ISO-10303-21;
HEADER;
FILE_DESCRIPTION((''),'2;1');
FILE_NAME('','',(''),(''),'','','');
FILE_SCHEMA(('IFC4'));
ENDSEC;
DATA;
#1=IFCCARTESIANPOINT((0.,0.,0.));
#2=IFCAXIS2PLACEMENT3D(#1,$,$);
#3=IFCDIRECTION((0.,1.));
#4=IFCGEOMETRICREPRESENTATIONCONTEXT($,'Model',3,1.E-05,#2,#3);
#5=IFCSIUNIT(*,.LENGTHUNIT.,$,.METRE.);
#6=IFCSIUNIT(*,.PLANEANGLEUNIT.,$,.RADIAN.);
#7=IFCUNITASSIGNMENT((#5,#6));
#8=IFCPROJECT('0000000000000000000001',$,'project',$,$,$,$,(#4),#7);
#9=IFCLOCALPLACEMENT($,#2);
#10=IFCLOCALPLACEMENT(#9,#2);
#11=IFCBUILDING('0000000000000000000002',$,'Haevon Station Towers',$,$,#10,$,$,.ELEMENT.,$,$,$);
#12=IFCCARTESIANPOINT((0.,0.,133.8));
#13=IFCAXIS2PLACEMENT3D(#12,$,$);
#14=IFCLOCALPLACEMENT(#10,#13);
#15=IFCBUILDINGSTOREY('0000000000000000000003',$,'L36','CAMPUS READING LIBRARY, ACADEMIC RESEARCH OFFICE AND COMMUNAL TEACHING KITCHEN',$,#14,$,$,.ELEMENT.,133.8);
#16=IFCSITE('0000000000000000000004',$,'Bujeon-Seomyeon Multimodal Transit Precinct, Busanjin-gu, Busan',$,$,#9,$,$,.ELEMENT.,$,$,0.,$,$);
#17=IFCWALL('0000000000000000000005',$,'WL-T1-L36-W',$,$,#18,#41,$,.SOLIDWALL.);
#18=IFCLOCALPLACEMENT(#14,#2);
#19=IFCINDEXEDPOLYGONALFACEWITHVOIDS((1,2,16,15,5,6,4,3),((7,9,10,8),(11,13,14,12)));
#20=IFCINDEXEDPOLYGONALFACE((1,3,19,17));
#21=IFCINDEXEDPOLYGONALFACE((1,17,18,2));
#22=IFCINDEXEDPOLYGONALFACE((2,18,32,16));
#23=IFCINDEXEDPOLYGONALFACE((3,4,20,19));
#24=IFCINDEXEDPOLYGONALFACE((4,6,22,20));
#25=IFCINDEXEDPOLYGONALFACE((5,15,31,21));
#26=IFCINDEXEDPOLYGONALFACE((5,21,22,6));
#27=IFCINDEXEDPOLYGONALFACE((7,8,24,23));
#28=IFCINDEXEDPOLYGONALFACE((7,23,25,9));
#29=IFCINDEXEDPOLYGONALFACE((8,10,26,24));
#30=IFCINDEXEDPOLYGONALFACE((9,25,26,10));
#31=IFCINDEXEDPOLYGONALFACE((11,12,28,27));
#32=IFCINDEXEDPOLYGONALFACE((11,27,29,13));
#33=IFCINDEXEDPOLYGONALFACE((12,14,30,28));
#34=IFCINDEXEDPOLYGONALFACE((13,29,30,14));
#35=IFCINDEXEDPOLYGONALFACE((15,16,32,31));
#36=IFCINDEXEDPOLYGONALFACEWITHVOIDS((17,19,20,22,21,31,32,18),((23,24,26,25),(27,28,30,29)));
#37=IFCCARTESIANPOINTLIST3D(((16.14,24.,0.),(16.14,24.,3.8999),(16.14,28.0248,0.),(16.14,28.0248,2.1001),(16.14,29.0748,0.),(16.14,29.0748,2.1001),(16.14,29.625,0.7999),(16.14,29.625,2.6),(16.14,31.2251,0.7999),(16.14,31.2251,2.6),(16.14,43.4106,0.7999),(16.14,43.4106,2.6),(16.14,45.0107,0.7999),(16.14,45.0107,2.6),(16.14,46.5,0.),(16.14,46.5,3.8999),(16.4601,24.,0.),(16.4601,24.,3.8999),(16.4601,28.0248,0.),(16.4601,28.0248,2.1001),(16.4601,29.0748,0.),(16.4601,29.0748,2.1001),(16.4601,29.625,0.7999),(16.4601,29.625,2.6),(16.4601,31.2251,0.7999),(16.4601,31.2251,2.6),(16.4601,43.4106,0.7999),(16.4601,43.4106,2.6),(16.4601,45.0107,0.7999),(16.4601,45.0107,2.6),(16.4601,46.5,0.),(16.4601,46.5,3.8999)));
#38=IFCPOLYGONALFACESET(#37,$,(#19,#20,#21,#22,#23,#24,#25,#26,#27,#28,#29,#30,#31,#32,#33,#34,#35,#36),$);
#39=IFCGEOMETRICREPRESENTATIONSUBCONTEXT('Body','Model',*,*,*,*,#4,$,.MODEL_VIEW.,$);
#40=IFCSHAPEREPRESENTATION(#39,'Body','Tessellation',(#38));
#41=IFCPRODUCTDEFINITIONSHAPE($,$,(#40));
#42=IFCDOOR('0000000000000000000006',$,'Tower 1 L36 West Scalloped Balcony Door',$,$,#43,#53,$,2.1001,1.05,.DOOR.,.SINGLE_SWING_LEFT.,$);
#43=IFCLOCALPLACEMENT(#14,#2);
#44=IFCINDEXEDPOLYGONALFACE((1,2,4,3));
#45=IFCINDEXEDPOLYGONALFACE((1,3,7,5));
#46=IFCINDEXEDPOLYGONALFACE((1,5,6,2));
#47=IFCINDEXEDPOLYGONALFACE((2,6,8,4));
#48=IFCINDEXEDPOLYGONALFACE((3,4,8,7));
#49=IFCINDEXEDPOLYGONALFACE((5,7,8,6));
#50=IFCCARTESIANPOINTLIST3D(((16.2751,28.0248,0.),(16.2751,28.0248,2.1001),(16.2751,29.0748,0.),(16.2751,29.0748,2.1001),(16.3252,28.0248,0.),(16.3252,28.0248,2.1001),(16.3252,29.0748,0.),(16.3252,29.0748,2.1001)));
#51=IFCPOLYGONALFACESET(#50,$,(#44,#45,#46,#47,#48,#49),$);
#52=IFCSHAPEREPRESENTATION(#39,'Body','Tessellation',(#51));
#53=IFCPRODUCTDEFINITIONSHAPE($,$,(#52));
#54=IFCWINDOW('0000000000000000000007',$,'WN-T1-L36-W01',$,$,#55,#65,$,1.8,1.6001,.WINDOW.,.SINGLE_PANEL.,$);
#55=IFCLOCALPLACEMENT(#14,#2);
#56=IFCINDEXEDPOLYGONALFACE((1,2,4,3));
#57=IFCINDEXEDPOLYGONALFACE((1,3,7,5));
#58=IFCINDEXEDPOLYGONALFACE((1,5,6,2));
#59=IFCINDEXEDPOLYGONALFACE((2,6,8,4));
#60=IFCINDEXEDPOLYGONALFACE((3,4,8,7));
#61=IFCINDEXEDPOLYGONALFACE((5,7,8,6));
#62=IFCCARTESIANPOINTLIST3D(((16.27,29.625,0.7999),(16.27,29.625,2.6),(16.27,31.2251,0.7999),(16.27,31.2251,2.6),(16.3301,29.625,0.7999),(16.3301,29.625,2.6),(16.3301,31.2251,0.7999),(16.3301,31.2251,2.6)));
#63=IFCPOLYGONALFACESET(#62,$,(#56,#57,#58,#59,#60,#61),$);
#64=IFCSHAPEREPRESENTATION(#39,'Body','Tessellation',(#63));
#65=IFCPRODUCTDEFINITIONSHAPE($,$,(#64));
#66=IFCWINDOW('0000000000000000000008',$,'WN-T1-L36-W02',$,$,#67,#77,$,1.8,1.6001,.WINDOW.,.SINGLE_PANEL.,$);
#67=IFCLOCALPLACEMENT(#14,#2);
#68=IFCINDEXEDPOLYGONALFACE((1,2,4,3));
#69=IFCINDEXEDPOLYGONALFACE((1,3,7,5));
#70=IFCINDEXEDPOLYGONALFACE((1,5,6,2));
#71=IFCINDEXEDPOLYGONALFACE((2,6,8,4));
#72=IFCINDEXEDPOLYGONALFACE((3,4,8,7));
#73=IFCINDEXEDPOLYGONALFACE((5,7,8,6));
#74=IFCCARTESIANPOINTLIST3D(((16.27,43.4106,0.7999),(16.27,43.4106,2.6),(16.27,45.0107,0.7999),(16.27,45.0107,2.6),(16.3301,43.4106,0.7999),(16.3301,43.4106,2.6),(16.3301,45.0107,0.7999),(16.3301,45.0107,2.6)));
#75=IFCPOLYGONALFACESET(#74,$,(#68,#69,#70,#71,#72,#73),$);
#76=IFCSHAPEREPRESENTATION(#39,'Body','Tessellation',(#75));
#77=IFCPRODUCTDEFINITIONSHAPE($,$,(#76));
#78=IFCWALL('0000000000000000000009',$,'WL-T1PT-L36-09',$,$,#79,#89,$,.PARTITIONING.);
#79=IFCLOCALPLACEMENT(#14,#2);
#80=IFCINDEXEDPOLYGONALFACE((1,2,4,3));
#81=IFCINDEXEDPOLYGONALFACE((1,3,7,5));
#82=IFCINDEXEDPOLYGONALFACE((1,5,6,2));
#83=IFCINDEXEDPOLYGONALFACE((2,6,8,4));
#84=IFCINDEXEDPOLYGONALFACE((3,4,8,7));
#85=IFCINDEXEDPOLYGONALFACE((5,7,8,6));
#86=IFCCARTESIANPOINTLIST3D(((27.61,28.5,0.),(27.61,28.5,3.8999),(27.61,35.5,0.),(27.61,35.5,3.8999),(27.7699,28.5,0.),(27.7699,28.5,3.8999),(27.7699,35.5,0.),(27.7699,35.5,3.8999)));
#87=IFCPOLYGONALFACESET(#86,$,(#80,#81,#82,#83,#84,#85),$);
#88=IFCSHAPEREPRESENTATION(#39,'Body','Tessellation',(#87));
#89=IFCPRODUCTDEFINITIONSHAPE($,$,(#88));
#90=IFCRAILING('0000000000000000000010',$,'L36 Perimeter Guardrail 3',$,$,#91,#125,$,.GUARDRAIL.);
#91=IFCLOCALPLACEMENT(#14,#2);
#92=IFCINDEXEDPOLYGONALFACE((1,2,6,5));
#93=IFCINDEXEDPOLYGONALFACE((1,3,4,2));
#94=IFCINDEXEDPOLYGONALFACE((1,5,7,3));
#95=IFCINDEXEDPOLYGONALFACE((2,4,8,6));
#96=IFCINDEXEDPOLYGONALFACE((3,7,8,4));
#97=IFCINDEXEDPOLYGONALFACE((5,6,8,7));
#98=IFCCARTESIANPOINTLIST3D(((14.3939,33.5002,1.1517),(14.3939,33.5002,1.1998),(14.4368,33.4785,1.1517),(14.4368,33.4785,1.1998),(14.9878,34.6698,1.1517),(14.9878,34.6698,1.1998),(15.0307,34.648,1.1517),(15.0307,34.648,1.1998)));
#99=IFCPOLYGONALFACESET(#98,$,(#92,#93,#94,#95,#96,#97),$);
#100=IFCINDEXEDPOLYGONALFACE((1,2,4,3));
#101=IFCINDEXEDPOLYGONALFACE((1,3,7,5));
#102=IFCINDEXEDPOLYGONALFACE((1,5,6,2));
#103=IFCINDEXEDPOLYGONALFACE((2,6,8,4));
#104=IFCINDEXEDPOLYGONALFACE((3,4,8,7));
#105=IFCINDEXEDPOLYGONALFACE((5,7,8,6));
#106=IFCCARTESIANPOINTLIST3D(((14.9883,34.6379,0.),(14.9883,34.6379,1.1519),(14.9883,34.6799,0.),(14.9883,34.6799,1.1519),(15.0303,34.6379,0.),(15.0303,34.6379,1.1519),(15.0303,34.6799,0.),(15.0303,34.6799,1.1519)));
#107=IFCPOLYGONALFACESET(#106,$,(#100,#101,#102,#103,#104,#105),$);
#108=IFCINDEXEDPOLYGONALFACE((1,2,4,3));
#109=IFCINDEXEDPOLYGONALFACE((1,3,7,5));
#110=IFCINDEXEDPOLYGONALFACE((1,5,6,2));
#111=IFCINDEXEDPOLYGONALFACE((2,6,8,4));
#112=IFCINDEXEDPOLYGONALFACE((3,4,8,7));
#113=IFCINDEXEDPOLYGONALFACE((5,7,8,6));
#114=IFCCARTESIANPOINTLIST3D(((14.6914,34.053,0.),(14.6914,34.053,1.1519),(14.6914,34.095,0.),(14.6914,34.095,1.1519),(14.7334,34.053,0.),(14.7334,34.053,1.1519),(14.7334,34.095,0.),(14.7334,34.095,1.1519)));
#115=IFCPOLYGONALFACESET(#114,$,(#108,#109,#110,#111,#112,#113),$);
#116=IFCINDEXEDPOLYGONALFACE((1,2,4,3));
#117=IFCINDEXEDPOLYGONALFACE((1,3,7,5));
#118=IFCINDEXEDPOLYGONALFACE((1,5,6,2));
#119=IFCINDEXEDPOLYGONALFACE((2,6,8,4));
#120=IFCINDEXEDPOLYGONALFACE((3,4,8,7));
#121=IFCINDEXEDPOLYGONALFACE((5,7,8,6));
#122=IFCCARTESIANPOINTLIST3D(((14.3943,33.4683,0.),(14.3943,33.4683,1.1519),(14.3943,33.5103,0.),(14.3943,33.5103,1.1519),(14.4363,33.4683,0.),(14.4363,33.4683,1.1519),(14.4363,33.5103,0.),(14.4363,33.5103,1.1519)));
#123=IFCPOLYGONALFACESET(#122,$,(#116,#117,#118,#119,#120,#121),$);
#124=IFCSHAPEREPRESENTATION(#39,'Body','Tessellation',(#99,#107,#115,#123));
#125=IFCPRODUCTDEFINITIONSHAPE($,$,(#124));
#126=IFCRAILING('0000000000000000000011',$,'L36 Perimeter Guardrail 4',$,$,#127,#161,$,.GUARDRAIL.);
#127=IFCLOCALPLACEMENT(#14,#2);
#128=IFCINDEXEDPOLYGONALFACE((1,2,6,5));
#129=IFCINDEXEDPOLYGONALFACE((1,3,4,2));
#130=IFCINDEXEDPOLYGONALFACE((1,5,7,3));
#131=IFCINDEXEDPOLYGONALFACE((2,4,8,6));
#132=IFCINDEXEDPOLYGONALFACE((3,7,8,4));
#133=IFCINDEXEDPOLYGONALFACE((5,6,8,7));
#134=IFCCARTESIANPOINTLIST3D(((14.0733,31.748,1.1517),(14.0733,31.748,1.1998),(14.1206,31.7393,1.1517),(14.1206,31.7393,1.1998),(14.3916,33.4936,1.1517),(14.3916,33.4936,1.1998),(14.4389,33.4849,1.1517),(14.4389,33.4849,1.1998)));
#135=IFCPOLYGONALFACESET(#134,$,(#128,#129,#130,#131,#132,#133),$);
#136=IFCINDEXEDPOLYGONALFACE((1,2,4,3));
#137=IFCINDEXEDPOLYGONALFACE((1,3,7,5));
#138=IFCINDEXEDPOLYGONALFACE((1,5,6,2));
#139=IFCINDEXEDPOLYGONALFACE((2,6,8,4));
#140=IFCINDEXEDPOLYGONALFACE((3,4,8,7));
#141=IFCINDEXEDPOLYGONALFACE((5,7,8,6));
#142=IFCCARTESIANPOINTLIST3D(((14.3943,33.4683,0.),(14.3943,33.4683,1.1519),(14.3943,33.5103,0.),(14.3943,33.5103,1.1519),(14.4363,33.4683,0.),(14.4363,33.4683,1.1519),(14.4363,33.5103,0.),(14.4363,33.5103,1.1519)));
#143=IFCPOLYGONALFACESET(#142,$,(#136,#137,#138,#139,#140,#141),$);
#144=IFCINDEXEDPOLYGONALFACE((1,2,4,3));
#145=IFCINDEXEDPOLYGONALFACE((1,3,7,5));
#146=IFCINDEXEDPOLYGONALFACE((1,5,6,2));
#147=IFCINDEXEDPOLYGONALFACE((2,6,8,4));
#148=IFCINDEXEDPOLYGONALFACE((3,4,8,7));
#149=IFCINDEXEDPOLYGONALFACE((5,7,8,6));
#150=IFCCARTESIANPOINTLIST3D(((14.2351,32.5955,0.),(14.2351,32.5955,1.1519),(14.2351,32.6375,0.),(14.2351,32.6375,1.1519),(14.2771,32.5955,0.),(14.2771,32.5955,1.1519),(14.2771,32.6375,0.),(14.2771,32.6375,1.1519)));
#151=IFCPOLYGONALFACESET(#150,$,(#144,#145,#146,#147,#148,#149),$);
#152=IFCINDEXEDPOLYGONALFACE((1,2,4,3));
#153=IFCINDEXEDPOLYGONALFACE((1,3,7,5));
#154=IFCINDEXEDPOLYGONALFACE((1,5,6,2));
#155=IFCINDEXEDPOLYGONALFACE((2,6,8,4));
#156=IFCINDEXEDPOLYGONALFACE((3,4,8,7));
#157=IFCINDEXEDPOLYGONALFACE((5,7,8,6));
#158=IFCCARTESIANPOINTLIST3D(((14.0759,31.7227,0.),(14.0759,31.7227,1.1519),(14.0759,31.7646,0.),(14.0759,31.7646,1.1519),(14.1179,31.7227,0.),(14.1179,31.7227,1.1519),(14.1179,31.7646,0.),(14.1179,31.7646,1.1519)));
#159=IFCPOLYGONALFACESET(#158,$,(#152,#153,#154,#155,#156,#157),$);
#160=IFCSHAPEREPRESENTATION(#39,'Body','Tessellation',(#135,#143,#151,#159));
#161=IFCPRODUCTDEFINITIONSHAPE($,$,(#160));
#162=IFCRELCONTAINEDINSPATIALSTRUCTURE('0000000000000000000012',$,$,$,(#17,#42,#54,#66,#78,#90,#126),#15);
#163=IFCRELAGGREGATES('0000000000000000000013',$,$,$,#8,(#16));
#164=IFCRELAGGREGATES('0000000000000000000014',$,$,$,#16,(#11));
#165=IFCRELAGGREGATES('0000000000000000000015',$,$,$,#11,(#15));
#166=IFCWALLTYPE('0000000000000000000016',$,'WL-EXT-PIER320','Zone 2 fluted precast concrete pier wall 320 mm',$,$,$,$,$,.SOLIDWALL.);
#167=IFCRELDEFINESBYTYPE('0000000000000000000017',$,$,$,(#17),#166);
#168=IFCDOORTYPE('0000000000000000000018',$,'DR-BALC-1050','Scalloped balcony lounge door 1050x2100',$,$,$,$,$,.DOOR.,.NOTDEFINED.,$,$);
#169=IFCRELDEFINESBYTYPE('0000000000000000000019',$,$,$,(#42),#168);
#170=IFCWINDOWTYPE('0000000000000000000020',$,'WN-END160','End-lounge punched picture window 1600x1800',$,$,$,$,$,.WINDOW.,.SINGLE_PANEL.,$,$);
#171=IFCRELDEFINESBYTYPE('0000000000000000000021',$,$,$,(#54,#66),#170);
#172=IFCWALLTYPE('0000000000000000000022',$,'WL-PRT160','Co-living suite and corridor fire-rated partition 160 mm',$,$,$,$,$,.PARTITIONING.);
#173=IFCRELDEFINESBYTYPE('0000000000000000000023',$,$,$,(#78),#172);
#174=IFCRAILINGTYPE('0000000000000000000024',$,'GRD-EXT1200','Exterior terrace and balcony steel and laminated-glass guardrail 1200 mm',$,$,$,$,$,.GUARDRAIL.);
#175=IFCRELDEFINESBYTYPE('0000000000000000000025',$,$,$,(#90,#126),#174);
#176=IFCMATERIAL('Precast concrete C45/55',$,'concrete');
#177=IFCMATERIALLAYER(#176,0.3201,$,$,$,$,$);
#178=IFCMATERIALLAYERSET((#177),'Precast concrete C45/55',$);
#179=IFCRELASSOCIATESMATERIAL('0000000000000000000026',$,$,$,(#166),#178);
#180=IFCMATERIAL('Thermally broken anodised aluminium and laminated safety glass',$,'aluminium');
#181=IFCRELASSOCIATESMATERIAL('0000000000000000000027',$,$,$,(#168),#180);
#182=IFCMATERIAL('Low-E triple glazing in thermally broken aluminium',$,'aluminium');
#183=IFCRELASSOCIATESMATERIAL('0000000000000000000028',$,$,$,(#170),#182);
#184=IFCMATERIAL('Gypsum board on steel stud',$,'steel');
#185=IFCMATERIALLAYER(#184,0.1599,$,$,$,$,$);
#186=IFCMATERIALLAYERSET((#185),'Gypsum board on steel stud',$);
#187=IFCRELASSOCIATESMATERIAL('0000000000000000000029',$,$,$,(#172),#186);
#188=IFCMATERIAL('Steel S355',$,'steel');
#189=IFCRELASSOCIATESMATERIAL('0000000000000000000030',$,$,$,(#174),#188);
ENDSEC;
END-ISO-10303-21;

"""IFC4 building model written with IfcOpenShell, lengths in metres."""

from ifc_helpers import new_model, si_unit, direction, frame, frame_2d, origin, origin_2d, place, context, subcontext, project, spatial, rectangle, extrude, material, layer, layer_set, type_object, element, fill, save


model = new_model("IFC4")

# Units and contexts
model_context = context("Model", 3, precision=1e-05, world=origin(), true_north=direction((0.0, 1.0)))
body_context = subcontext(model_context, "Body", "Model", "MODEL_VIEW")
ifc_project = project(units=[si_unit("LENGTHUNIT", "METRE"), si_unit("PLANEANGLEUNIT", "RADIAN")], contexts=[model_context])

# Site, building, storey
site_placement = place(None, origin())
site = spatial("IfcSite", under=ifc_project, at=site_placement, Name="Bujeon-Seomyeon Multimodal Transit Precinct, Busanjin-gu, Busan", CompositionType="ELEMENT", RefElevation=0.0)
building_placement = place(site_placement, origin())
building = spatial("IfcBuilding", under=site, at=building_placement, Name="Haevon Station Towers", CompositionType="ELEMENT")
storey_placement = place(building_placement, frame((0.0, 0.0, 133.8)))
storey = spatial("IfcBuildingStorey", under=building, at=storey_placement, Name="L36", Description="CAMPUS READING LIBRARY, ACADEMIC RESEARCH OFFICE AND COMMUNAL TEACHING KITCHEN", CompositionType="ELEMENT", Elevation=133.8)

# Shared definitions
ifc_material_1 = material(Name="Steel S355", Category="steel")

# Wall, openings, door, windows
ifc_material_2 = material(Name="Precast concrete C45/55", Category="concrete")
ifc_layer_1 = layer(ifc_material_2, 0.3201)
ifc_layer_set_1 = layer_set([ifc_layer_1], Name="Precast concrete C45/55")
wall_type_1 = type_object("IfcWallType", Name="WL-EXT-PIER320", Description="Zone 2 fluted precast concrete pier wall 320 mm", PredefinedType="SOLIDWALL", material=ifc_layer_set_1)
wall_1_placement = place(storey_placement, frame((16.3, 24.0, 0.0), z_axis=(0.0, 0.0, 1.0), x_axis=(0.0, 1.0, 0.0)))
wall_1 = element("IfcWall", 1, at=wall_1_placement, inside=storey, type_object=wall_type_1, Name="WL-T1-L36-W", PredefinedType="SOLIDWALL", context=body_context, shape_type="SweptSolid", body=[
    extrude(rectangle(XDim=22.5, YDim=0.3201, at=frame_2d((11.25, 0.0))), origin(), (0.0, 0.0, 1.0), 3.8999),
])
opening_1_placement = place(wall_1_placement, frame((4.0249, 0.0, 0.0)))
opening_1 = element("IfcOpeningElement", 2, at=opening_1_placement, cuts=wall_1, PredefinedType="OPENING", context=body_context, shape_type="SweptSolid", body=[
    extrude(rectangle(XDim=1.05, YDim=2.1001, at=frame_2d((0.5249, 1.05))), frame((0.0, 0.1699, 0.0), z_axis=(0.0, -1.0, 0.0), x_axis=(1.0, 0.0, 0.0)), (0.0, 0.0, 1.0), 0.3401),
])
opening_2_placement = place(wall_1_placement, frame((5.625, 0.0, 0.8)))
opening_2 = element("IfcOpeningElement", 3, at=opening_2_placement, cuts=wall_1, PredefinedType="OPENING", context=body_context, shape_type="SweptSolid", body=[
    extrude(rectangle(XDim=1.6001, YDim=1.8, at=frame_2d((0.8, 0.8999))), frame((0.0, 0.1699, 0.0), z_axis=(0.0, -1.0, 0.0), x_axis=(1.0, 0.0, 0.0)), (0.0, 0.0, 1.0), 0.3401),
])
opening_3_placement = place(wall_1_placement, frame((19.4106, 0.0, 0.8)))
opening_3 = element("IfcOpeningElement", 4, at=opening_3_placement, cuts=wall_1, PredefinedType="OPENING", context=body_context, shape_type="SweptSolid", body=[
    extrude(rectangle(XDim=1.6001, YDim=1.8, at=frame_2d((0.8, 0.8999))), frame((0.0, 0.1699, 0.0), z_axis=(0.0, -1.0, 0.0), x_axis=(1.0, 0.0, 0.0)), (0.0, 0.0, 1.0), 0.3401),
])
ifc_material_3 = material(Name="Thermally broken anodised aluminium and laminated safety glass", Category="aluminium")
door_type = type_object("IfcDoorType", Name="DR-BALC-1050", Description="Scalloped balcony lounge door 1050x2100", OperationType="NOTDEFINED", PredefinedType="DOOR", material=ifc_material_3)
door_placement = place(opening_1_placement, origin())
door = element("IfcDoor", 5, at=door_placement, inside=storey, type_object=door_type, Name="Tower 1 L36 West Scalloped Balcony Door", OperationType="SINGLE_SWING_LEFT", OverallHeight=2.1001, OverallWidth=1.05, PredefinedType="DOOR", context=body_context, shape_type="SweptSolid", body=[
    extrude(rectangle(XDim=1.05, YDim=2.1001, at=frame_2d((0.5249, 1.05))), frame((0.0, 0.0249, 0.0), z_axis=(0.0, -1.0, 0.0), x_axis=(1.0, 0.0, 0.0)), (0.0, 0.0, 1.0), 0.05),
])
fill(opening_1, door)
ifc_material_4 = material(Name="Low-E triple glazing in thermally broken aluminium", Category="aluminium")
window_type = type_object("IfcWindowType", Name="WN-END160", Description="End-lounge punched picture window 1600x1800", PartitioningType="SINGLE_PANEL", PredefinedType="WINDOW", material=ifc_material_4)
window_1_placement = place(opening_2_placement, origin())
window_1 = element("IfcWindow", 6, at=window_1_placement, inside=storey, type_object=window_type, Name="WN-T1-L36-W01", OverallHeight=1.8, OverallWidth=1.6001, PartitioningType="SINGLE_PANEL", PredefinedType="WINDOW", context=body_context, shape_type="SweptSolid", body=[
    extrude(rectangle(XDim=1.6001, YDim=1.8, at=frame_2d((0.8, 0.8999))), frame((0.0, 0.03, 0.0), z_axis=(0.0, -1.0, 0.0), x_axis=(1.0, 0.0, 0.0)), (0.0, 0.0, 1.0), 0.0601),
])
fill(opening_2, window_1)
window_2_placement = place(opening_3_placement, origin())
window_2 = element("IfcWindow", 7, at=window_2_placement, inside=storey, type_object=window_type, Name="WN-T1-L36-W02", OverallHeight=1.8, OverallWidth=1.6001, PartitioningType="SINGLE_PANEL", PredefinedType="WINDOW", context=body_context, shape_type="SweptSolid", body=[
    extrude(rectangle(XDim=1.6001, YDim=1.8, at=frame_2d((0.8, 0.8999))), frame((0.0, 0.03, 0.0), z_axis=(0.0, -1.0, 0.0), x_axis=(1.0, 0.0, 0.0)), (0.0, 0.0, 1.0), 0.0601),
])
fill(opening_3, window_2)

# Wall
ifc_material_5 = material(Name="Gypsum board on steel stud", Category="steel")
ifc_layer_2 = layer(ifc_material_5, 0.1599)
ifc_layer_set_2 = layer_set([ifc_layer_2], Name="Gypsum board on steel stud")
wall_type_2 = type_object("IfcWallType", Name="WL-PRT160", Description="Co-living suite and corridor fire-rated partition 160 mm", PredefinedType="PARTITIONING", material=ifc_layer_set_2)
wall_2_placement = place(storey_placement, frame((27.6899, 28.5, 0.0), z_axis=(0.0, 0.0, 1.0), x_axis=(0.0, 1.0, 0.0)))
element("IfcWall", 8, at=wall_2_placement, inside=storey, type_object=wall_type_2, Name="WL-T1PT-L36-09", PredefinedType="PARTITIONING", context=body_context, shape_type="SweptSolid", body=[
    extrude(rectangle(XDim=7.0, YDim=0.1599, at=frame_2d((3.5, 0.0))), origin(), (0.0, 0.0, 1.0), 3.8999),
])

# Railings
railing_type = type_object("IfcRailingType", Name="GRD-EXT1200", Description="Exterior terrace and balcony steel and laminated-glass guardrail 1200 mm", PredefinedType="GUARDRAIL", material=ifc_material_1)
railing_1_placement = place(storey_placement, frame((15.0093, 34.6589, 0.0)))
element("IfcRailing", 9, at=railing_1_placement, inside=storey, type_object=railing_type, Name="L36 Perimeter Guardrail 3", PredefinedType="GUARDRAIL", context=body_context, shape_type="SweptSolid", body=[
    extrude(rectangle(XDim=0.0481, YDim=0.0481, at=origin_2d()), frame((0.0, 0.0, 1.1758), z_axis=(-0.452788, -0.891618, 0.0), x_axis=(0.891618, -0.452788, 0.0)), (0.0, 0.0, 1.0), 1.3118),
    extrude(rectangle(XDim=0.042, YDim=0.042, at=origin_2d()), origin(), (0.0, 0.0, 1.0), 1.1519),
    extrude(rectangle(XDim=0.042, YDim=0.042, at=origin_2d()), frame((-0.2969, -0.585, 0.0)), (0.0, 0.0, 1.0), 1.1519),
    extrude(rectangle(XDim=0.042, YDim=0.042, at=origin_2d()), frame((-0.594, -1.1697, 0.0)), (0.0, 0.0, 1.0), 1.1519),
])
railing_2_placement = place(storey_placement, frame((14.4153, 33.4893, 0.0)))
element("IfcRailing", 10, at=railing_2_placement, inside=storey, type_object=railing_type, Name="L36 Perimeter Guardrail 4", PredefinedType="GUARDRAIL", context=body_context, shape_type="SweptSolid", body=[
    extrude(rectangle(XDim=0.0481, YDim=0.0481, at=origin_2d()), frame((0.0, 0.0, 1.1758), z_axis=(-0.179418, -0.983773, 0.0), x_axis=(0.983773, -0.179418, 0.0)), (0.0, 0.0, 1.0), 1.7744),
    extrude(rectangle(XDim=0.042, YDim=0.042, at=origin_2d()), origin(), (0.0, 0.0, 1.0), 1.1519),
    extrude(rectangle(XDim=0.042, YDim=0.042, at=origin_2d()), frame((-0.1592, -0.8728, 0.0)), (0.0, 0.0, 1.0), 1.1519),
    extrude(rectangle(XDim=0.042, YDim=0.042, at=origin_2d()), frame((-0.3184, -1.7456, 0.0)), (0.0, 0.0, 1.0), 1.1519),
])

save(model, "model.ifc")
